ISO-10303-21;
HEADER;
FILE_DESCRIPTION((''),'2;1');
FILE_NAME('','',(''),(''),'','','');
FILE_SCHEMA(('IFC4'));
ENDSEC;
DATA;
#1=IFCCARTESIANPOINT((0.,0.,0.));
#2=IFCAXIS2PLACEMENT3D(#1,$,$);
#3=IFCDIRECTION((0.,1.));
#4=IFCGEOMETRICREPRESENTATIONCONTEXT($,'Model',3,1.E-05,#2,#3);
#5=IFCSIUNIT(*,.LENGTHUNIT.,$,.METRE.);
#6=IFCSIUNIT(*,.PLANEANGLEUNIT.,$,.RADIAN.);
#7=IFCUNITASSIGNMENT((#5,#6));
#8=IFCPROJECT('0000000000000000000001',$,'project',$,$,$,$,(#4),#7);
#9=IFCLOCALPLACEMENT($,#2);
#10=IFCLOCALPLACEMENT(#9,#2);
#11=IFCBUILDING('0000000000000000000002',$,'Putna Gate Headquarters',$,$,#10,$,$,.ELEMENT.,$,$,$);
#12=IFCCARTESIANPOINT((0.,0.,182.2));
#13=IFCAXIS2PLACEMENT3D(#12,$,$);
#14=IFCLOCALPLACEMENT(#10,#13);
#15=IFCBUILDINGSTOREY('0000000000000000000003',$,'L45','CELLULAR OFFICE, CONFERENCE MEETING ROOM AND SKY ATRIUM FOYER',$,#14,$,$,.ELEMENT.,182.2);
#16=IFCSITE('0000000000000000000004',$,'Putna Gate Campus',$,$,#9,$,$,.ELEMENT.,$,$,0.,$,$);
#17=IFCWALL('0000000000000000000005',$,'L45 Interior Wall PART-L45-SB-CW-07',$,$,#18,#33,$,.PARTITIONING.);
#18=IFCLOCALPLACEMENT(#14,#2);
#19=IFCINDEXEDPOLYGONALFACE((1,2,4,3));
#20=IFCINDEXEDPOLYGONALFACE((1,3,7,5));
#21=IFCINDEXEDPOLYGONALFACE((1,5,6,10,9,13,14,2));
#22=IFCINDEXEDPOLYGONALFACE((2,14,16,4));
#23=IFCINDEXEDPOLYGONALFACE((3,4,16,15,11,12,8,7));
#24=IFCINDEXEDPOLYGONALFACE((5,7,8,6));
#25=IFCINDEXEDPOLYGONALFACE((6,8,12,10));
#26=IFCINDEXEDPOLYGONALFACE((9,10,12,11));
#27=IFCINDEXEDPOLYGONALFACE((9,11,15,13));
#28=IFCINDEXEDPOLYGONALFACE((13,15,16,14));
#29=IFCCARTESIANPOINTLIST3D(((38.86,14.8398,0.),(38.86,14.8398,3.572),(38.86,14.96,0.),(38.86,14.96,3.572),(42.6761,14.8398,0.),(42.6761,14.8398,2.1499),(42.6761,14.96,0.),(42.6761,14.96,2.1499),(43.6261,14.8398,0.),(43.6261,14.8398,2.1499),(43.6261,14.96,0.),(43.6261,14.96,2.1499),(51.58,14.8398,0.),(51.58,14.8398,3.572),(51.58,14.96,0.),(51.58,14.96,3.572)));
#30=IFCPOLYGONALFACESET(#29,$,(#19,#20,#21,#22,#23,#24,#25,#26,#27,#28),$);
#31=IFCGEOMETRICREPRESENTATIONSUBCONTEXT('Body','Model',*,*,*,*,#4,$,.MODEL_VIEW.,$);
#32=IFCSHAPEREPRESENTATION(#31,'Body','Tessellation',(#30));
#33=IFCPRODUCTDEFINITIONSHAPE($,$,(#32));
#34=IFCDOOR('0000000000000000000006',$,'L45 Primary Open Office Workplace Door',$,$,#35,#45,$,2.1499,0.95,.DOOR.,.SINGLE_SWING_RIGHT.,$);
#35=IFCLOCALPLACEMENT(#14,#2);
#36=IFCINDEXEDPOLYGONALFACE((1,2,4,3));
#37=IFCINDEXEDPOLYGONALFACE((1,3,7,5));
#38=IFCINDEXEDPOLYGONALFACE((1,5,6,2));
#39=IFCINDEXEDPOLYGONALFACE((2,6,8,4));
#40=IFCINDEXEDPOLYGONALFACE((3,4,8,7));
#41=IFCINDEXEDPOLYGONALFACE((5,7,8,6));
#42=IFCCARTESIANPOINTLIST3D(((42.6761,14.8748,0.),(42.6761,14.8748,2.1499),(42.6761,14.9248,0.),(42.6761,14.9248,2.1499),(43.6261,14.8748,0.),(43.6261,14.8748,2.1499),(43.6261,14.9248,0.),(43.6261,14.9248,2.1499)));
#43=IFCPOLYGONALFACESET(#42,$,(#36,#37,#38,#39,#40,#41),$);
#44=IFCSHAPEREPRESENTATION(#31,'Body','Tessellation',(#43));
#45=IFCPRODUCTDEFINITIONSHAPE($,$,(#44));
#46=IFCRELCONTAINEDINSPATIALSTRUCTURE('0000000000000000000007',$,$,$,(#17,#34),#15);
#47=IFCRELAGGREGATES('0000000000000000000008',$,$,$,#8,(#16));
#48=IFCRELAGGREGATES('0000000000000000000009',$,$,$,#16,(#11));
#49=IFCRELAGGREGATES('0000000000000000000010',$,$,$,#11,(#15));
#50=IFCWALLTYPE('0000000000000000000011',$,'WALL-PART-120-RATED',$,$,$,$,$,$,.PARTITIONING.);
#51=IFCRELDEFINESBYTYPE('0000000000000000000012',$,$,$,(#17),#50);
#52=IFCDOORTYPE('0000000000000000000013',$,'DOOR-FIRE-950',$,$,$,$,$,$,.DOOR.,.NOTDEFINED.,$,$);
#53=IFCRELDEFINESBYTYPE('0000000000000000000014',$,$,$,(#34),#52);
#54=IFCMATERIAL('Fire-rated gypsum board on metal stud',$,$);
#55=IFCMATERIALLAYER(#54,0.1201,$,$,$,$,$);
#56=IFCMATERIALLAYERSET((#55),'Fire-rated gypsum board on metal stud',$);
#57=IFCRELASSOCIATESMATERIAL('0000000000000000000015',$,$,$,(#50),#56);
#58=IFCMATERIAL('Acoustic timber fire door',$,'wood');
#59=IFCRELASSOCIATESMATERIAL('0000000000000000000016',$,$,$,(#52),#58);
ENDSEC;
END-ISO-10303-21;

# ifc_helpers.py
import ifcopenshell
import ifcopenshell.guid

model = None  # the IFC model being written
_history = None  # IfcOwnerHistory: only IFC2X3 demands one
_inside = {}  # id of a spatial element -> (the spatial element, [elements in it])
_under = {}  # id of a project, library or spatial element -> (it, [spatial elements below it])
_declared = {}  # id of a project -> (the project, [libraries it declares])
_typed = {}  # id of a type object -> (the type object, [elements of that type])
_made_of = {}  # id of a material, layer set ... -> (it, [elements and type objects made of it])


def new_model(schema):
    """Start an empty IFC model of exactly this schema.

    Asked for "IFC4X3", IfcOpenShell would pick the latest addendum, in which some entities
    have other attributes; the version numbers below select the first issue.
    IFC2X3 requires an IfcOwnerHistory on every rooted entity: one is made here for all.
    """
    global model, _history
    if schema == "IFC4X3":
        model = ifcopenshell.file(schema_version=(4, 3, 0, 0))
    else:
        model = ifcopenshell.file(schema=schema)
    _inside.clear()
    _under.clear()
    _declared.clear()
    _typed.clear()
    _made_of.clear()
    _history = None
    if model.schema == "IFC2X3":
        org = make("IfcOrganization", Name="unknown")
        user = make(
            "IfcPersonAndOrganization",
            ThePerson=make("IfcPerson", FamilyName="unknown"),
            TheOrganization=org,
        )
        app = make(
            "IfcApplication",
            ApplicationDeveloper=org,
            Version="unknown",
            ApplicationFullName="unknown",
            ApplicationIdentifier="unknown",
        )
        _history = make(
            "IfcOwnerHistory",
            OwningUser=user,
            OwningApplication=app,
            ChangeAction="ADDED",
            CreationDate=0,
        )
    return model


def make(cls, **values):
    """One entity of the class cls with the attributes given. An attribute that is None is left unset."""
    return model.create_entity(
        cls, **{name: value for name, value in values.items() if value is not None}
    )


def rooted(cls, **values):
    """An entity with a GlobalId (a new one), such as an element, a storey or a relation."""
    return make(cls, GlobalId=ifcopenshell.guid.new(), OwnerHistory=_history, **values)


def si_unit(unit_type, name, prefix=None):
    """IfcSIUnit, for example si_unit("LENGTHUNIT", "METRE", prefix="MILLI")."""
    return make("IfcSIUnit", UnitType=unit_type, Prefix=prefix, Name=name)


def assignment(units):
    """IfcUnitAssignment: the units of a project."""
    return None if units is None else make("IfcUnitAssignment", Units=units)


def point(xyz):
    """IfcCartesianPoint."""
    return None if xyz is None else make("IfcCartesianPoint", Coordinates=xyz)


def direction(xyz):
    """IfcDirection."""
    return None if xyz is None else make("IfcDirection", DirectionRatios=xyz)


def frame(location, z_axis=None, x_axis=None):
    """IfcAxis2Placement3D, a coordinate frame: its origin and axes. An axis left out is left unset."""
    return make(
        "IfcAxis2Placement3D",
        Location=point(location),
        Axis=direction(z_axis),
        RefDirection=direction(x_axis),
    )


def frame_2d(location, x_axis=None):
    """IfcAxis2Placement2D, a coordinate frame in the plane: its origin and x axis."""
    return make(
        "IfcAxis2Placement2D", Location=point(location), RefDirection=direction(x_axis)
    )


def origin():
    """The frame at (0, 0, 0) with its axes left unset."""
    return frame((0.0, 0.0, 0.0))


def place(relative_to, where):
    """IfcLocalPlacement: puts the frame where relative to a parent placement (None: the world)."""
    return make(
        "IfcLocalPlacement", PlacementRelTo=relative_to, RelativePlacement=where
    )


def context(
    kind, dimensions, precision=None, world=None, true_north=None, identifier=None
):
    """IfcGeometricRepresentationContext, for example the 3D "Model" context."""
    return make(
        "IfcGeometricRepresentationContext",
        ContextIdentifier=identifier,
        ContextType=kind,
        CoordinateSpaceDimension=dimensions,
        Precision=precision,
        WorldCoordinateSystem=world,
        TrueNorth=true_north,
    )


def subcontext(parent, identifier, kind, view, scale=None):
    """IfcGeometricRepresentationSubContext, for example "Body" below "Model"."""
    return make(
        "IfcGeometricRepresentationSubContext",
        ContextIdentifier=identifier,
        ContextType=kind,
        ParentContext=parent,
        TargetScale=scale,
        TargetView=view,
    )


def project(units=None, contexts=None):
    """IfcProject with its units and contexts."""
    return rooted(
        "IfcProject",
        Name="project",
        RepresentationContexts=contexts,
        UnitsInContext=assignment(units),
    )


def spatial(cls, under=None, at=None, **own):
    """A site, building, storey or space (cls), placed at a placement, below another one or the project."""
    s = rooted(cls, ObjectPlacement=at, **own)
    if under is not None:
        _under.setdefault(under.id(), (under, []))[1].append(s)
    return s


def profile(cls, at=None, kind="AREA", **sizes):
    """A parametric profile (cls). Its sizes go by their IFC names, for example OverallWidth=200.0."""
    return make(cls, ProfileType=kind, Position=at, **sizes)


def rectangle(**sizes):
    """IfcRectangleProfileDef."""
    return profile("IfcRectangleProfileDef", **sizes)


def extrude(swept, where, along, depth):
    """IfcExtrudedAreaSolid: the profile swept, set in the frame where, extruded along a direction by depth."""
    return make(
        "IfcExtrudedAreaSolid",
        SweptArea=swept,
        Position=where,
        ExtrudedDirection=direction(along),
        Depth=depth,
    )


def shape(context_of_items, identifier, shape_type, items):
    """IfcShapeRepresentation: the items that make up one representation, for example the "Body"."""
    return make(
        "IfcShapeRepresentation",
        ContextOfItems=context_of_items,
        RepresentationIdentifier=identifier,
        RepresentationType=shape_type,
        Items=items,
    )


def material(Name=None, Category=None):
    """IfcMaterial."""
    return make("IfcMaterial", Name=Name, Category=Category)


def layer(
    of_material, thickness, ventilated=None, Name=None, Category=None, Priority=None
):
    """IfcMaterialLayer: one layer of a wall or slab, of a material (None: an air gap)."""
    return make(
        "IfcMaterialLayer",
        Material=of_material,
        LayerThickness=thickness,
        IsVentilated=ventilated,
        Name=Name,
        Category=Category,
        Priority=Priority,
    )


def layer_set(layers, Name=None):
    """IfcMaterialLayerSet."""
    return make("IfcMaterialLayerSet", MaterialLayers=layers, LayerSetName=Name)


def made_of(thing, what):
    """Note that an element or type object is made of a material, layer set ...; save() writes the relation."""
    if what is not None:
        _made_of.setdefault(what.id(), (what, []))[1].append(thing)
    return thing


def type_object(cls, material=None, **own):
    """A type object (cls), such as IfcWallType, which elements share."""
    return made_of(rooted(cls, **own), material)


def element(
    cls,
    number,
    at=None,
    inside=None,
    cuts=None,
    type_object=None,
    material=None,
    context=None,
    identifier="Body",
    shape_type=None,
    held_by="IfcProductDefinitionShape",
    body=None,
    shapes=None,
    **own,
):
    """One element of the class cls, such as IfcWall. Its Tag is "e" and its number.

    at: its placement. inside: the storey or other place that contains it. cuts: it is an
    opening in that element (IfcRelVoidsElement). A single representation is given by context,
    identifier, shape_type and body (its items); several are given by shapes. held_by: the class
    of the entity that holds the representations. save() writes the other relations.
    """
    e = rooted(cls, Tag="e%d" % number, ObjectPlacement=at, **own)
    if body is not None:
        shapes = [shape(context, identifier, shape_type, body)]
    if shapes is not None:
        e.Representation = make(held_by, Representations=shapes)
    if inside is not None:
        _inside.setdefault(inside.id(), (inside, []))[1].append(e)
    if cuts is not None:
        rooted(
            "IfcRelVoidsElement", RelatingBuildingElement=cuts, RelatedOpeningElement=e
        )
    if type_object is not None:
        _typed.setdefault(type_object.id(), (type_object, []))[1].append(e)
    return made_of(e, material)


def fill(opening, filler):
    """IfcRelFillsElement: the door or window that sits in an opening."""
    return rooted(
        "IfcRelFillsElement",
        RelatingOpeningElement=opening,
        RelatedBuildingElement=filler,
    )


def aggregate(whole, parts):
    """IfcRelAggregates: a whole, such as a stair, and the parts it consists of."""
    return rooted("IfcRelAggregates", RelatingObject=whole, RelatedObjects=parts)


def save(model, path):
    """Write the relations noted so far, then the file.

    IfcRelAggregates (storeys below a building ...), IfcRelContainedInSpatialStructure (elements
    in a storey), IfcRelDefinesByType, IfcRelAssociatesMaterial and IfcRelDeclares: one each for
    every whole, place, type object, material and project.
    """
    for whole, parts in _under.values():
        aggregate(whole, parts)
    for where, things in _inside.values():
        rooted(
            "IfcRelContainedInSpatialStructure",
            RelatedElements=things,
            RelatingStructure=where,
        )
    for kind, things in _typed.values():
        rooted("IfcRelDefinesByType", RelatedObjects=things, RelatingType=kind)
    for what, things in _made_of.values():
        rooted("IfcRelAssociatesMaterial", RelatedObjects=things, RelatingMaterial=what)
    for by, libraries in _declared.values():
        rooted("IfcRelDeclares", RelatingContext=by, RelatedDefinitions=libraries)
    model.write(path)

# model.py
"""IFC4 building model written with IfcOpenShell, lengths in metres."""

from ifc_helpers import new_model, si_unit, direction, frame, frame_2d, origin, place, context, subcontext, project, spatial, rectangle, extrude, material, layer, layer_set, type_object, element, fill, save


model = new_model("IFC4")

# Units and contexts
model_context = context("Model", 3, precision=1e-05, world=origin(), true_north=direction((0.0, 1.0)))
body_context = subcontext(model_context, "Body", "Model", "MODEL_VIEW")
ifc_project = project(units=[si_unit("LENGTHUNIT", "METRE"), si_unit("PLANEANGLEUNIT", "RADIAN")], contexts=[model_context])

# Site, building, storey
site_placement = place(None, origin())
site = spatial("IfcSite", under=ifc_project, at=site_placement, Name="Putna Gate Campus", CompositionType="ELEMENT", RefElevation=0.0)
building_placement = place(site_placement, origin())
building = spatial("IfcBuilding", under=site, at=building_placement, Name="Putna Gate Headquarters", CompositionType="ELEMENT")
storey_placement = place(building_placement, frame((0.0, 0.0, 182.2)))
storey = spatial("IfcBuildingStorey", under=building, at=storey_placement, Name="L45", Description="CELLULAR OFFICE, CONFERENCE MEETING ROOM AND SKY ATRIUM FOYER", CompositionType="ELEMENT", Elevation=182.2)

# Wall, opening, door
ifc_material_1 = material(Name="Fire-rated gypsum board on metal stud")
ifc_layer_1 = layer(ifc_material_1, 0.1201)
ifc_layer_set_1 = layer_set([ifc_layer_1], Name="Fire-rated gypsum board on metal stud")
wall_type_1 = type_object("IfcWallType", Name="WALL-PART-120-RATED", PredefinedType="PARTITIONING", material=ifc_layer_set_1)
wall_1_placement = place(storey_placement, frame((38.8601, 14.8999, 0.0), z_axis=(0.0, 0.0, 1.0), x_axis=(1.0, 0.0, 0.0)))
wall_1 = element("IfcWall", 1, at=wall_1_placement, inside=storey, type_object=wall_type_1, Name="L45 Interior Wall PART-L45-SB-CW-07", PredefinedType="PARTITIONING", context=body_context, shape_type="SweptSolid", body=[
    extrude(rectangle(XDim=12.72, YDim=0.1201, at=frame_2d((6.3599, 0.0))), origin(), (0.0, 0.0, 1.0), 3.572),
])
opening_placement = place(wall_1_placement, frame((3.8159, 0.0, 0.0)))
opening = element("IfcOpeningElement", 2, at=opening_placement, cuts=wall_1, PredefinedType="OPENING", context=body_context, shape_type="SweptSolid", body=[
    extrude(rectangle(XDim=0.95, YDim=2.1499, at=frame_2d((0.4751, 1.075))), frame((0.0, 0.0701, 0.0), z_axis=(0.0, -1.0, 0.0), x_axis=(1.0, 0.0, 0.0)), (0.0, 0.0, 1.0), 0.1401),
])
ifc_material_2 = material(Name="Acoustic timber fire door", Category="wood")
door_type = type_object("IfcDoorType", Name="DOOR-FIRE-950", OperationType="NOTDEFINED", PredefinedType="DOOR", material=ifc_material_2)
door_placement = place(opening_placement, origin())
door = element("IfcDoor", 3, at=door_placement, inside=storey, type_object=door_type, Name="L45 Primary Open Office Workplace Door", OperationType="SINGLE_SWING_RIGHT", OverallHeight=2.1499, OverallWidth=0.95, PredefinedType="DOOR", context=body_context, shape_type="SweptSolid", body=[
    extrude(rectangle(XDim=0.95, YDim=2.1499, at=frame_2d((0.4751, 1.075))), frame((0.0, 0.0249, 0.0), z_axis=(0.0, -1.0, 0.0), x_axis=(1.0, 0.0, 0.0)), (0.0, 0.0, 1.0), 0.05),
])
fill(opening, door)

save(model, "model.ifc")
